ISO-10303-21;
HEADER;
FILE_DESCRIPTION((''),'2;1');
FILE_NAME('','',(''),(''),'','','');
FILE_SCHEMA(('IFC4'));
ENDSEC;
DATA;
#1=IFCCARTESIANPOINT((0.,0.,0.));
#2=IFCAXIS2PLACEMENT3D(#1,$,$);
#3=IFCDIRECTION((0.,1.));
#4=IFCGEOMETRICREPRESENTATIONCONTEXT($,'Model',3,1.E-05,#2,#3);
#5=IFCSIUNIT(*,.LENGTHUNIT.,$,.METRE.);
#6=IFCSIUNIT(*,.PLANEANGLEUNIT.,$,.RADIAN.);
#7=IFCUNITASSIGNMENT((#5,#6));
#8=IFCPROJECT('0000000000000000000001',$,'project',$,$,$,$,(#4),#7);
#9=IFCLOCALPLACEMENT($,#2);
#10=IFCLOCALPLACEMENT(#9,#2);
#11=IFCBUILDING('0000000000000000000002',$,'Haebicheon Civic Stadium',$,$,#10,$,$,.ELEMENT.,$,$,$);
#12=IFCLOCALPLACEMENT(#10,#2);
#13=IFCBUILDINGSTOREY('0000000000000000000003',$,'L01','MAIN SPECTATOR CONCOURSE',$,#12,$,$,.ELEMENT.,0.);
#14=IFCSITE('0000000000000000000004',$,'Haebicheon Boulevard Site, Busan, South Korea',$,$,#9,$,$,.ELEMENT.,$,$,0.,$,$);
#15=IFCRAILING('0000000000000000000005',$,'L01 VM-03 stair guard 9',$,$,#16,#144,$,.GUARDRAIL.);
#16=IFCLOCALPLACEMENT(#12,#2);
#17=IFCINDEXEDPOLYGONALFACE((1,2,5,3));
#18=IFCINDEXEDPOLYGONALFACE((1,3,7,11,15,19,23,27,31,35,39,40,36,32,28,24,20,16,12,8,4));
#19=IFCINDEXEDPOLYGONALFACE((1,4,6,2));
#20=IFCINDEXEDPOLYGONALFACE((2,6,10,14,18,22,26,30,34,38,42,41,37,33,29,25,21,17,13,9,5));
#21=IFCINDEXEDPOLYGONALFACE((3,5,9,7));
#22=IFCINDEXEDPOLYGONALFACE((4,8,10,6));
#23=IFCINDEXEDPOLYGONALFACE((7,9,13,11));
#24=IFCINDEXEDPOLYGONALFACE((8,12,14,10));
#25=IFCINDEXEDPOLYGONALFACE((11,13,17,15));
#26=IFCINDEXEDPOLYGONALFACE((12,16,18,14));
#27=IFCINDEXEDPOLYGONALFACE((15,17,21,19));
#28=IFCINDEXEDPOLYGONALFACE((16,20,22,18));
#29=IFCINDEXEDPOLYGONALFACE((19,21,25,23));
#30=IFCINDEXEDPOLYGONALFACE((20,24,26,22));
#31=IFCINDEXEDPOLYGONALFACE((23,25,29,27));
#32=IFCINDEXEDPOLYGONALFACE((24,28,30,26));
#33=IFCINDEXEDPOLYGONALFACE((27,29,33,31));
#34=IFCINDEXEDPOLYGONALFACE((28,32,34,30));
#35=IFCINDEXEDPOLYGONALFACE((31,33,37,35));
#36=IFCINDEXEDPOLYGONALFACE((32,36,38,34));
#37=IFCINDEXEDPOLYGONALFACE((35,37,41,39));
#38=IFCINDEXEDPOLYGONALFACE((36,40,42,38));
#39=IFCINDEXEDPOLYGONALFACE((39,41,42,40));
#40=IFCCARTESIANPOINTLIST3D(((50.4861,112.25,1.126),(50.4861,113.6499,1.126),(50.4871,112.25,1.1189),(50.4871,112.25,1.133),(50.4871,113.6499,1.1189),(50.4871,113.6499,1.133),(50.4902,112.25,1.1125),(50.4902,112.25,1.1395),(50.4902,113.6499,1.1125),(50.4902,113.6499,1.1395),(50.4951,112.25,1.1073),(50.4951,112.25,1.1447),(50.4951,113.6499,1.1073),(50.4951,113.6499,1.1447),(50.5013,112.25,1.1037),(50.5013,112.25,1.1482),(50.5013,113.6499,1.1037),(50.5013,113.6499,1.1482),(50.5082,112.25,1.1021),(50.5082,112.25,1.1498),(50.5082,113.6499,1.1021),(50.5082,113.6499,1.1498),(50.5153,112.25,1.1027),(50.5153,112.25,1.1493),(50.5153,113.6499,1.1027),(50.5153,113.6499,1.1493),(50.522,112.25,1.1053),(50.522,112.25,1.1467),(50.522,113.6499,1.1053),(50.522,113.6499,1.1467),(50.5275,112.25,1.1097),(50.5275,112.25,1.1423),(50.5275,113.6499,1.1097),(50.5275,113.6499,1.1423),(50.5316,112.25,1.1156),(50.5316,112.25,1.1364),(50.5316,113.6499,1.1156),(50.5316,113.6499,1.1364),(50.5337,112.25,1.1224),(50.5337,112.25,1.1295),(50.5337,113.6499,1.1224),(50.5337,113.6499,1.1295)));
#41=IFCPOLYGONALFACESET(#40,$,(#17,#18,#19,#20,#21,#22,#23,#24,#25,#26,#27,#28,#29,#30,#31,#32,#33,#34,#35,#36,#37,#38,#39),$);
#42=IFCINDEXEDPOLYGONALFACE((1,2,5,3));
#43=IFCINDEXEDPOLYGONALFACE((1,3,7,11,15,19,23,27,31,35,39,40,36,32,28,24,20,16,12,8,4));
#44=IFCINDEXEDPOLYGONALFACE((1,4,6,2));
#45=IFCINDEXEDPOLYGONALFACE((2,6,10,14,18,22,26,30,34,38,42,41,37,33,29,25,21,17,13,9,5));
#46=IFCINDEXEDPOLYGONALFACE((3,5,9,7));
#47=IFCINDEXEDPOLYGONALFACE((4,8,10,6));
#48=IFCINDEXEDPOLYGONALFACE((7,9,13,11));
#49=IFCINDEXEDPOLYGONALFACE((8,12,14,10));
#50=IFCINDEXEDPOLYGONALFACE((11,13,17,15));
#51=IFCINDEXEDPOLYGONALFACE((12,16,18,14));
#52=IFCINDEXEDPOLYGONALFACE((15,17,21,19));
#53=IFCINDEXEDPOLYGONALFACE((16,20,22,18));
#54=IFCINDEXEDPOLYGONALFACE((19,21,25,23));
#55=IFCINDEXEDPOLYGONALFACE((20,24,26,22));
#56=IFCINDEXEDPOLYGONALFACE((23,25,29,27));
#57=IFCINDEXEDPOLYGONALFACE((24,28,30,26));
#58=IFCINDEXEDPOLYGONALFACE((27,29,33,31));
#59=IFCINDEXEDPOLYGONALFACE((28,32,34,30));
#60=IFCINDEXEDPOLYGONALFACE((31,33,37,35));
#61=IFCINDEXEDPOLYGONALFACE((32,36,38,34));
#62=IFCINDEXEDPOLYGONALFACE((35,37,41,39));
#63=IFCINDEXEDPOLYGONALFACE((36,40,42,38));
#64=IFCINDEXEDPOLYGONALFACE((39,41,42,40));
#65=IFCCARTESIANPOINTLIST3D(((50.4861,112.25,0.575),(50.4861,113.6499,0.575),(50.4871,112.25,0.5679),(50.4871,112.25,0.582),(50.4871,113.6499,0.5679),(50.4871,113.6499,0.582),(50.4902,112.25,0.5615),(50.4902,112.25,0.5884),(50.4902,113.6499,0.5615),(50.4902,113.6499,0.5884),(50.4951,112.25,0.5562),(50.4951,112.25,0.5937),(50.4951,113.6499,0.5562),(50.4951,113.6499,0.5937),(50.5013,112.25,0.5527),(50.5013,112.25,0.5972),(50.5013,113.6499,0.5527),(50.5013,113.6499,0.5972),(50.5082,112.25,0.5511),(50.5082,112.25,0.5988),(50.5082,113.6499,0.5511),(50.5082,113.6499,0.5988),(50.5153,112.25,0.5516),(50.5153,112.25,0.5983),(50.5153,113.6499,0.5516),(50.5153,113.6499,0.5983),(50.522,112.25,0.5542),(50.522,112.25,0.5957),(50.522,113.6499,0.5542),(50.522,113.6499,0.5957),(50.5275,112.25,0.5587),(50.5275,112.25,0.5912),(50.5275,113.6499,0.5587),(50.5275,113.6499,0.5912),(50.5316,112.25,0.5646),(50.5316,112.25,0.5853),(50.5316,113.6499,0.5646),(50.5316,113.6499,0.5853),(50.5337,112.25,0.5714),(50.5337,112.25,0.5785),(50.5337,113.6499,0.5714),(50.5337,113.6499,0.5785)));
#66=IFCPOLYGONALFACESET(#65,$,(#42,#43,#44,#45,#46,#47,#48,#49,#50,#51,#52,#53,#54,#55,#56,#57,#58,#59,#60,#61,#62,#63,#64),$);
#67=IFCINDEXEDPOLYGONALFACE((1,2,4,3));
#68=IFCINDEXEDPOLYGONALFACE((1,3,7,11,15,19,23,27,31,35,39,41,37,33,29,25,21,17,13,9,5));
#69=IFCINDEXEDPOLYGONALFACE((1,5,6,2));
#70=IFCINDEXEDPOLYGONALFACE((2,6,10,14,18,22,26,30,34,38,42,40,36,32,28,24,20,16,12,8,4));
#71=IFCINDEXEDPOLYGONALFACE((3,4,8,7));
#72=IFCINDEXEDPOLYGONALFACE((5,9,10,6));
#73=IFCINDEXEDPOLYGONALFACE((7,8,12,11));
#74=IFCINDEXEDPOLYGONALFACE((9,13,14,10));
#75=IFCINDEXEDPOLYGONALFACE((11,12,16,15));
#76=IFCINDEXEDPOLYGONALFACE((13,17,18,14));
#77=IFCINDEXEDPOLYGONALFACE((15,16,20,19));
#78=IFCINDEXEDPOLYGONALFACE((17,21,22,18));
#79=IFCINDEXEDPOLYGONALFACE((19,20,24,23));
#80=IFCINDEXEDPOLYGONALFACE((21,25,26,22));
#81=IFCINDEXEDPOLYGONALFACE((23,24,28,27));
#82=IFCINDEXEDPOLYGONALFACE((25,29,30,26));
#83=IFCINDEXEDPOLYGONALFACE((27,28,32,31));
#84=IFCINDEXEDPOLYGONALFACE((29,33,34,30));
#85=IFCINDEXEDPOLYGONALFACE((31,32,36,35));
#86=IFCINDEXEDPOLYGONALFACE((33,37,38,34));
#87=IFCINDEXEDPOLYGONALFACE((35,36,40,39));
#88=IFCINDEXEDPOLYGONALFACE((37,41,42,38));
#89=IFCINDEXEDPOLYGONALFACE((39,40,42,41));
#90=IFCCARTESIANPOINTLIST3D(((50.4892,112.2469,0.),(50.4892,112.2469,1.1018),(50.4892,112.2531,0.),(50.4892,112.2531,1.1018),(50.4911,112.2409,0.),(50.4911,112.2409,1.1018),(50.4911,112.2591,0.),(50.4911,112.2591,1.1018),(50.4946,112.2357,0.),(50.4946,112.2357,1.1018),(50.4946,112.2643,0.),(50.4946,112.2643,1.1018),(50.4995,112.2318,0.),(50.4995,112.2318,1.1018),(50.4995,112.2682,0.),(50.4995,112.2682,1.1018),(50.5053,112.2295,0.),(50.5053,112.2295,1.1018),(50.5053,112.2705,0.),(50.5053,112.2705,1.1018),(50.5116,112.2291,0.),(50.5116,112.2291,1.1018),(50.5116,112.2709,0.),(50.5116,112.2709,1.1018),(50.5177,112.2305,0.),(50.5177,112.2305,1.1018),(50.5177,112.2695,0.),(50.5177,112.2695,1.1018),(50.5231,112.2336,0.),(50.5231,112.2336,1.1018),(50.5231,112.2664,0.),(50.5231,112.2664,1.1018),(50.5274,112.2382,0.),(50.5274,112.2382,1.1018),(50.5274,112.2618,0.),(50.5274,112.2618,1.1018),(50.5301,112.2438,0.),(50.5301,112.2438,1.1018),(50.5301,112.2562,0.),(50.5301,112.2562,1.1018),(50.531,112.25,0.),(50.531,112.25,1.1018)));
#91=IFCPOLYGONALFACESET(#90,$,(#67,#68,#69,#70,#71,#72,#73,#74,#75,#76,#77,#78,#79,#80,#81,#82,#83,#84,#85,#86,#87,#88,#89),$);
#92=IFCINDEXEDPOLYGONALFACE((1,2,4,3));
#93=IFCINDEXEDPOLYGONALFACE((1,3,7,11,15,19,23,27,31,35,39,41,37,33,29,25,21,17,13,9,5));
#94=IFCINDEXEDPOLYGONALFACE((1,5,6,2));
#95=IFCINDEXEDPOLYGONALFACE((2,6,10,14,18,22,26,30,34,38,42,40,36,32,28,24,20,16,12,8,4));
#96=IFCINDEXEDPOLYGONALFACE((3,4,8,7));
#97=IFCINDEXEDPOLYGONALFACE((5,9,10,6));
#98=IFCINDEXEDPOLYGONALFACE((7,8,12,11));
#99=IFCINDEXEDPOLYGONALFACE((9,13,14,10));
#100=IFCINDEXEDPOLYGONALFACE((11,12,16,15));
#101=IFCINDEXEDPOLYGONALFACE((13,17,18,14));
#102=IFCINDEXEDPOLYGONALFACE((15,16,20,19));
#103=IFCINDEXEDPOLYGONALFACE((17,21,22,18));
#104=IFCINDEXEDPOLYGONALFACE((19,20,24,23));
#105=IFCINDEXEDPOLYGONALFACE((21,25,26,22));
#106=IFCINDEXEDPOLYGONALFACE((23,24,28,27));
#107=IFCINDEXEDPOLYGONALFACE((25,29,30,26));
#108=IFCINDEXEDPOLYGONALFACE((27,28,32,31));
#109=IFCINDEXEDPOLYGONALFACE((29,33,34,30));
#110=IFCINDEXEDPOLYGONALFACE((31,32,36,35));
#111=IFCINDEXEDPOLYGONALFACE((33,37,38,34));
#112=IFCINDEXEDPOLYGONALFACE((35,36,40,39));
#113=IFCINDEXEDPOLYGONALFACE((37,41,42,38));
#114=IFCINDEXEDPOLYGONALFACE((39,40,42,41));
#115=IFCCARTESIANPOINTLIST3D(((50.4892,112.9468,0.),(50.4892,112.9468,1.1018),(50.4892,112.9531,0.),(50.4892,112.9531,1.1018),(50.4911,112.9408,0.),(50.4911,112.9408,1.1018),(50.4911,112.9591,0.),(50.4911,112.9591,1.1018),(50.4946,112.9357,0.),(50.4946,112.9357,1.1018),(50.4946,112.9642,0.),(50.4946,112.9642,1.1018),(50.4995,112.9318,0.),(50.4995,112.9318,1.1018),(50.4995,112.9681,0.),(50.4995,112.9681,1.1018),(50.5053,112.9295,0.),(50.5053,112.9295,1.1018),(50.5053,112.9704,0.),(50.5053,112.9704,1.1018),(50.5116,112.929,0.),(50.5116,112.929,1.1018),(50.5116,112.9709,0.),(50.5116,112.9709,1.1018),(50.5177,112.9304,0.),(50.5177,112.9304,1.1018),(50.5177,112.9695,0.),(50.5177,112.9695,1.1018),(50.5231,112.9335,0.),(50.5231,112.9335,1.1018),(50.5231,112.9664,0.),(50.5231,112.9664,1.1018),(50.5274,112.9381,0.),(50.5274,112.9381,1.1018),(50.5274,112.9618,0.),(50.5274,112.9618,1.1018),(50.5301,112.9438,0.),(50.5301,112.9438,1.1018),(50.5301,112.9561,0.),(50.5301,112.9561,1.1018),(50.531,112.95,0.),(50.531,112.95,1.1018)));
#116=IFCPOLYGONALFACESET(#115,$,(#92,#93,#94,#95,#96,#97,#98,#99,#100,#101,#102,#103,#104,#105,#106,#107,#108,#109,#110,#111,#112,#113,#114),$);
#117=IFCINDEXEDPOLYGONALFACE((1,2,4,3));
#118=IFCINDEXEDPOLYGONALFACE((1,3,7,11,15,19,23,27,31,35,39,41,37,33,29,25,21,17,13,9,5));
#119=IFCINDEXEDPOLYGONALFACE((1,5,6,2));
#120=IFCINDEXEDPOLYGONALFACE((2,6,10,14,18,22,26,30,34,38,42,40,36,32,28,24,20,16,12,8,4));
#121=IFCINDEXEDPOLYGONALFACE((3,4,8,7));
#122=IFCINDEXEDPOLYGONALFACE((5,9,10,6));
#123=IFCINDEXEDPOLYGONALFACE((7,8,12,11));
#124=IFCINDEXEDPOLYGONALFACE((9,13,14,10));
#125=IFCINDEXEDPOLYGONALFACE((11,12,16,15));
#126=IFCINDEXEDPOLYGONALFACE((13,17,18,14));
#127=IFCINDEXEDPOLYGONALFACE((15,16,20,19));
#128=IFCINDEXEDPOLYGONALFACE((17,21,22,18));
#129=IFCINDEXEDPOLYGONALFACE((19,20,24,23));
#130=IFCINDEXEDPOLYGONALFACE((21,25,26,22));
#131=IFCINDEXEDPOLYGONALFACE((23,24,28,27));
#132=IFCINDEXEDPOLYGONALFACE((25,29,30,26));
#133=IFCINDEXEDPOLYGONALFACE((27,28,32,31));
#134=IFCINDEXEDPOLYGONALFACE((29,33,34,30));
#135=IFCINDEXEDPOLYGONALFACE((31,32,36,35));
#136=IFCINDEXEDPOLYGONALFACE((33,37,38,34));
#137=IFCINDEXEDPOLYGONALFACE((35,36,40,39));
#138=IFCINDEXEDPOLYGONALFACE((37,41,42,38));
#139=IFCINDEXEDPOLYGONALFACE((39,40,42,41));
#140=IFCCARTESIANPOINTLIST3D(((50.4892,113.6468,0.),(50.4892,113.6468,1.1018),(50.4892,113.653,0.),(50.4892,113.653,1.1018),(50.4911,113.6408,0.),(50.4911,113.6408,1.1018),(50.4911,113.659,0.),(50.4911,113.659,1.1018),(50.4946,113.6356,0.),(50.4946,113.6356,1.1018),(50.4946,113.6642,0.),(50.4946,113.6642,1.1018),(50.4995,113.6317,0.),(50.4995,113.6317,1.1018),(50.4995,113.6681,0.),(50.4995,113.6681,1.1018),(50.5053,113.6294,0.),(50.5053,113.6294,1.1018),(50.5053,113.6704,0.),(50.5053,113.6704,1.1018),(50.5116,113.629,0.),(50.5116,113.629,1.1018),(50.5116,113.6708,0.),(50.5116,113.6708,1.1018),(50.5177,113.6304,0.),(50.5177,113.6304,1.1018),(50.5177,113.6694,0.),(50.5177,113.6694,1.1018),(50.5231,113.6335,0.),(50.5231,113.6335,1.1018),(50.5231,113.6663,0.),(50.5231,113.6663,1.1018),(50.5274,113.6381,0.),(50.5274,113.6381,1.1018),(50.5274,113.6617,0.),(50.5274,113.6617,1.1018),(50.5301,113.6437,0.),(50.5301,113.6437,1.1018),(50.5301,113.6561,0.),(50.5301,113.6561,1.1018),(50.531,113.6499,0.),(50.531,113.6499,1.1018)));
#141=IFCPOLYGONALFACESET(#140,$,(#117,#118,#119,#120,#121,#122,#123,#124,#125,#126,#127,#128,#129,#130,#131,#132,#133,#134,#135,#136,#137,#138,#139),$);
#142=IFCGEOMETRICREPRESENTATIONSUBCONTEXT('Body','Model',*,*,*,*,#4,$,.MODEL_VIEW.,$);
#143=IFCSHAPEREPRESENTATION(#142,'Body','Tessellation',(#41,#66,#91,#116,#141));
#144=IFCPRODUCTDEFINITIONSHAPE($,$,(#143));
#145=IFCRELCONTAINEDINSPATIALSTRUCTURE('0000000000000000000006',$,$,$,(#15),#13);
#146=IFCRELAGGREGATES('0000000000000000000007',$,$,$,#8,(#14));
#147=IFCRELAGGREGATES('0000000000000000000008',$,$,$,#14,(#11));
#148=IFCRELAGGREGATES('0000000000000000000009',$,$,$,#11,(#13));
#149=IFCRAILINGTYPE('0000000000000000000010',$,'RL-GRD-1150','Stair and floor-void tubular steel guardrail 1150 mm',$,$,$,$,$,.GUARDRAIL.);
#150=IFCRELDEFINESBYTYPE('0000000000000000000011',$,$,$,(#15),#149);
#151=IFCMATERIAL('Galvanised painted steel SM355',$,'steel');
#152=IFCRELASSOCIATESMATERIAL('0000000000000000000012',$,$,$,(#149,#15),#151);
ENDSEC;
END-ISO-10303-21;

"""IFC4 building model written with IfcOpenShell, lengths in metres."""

from ifc_helpers import new_model, si_unit, direction, frame, origin, origin_2d, place, context, subcontext, project, spatial, circle, extrude, material, type_object, element, save


model = new_model("IFC4")

# Units and contexts
model_context = context("Model", 3, precision=1e-05, world=origin(), true_north=direction((0.0, 1.0)))
body_context = subcontext(model_context, "Body", "Model", "MODEL_VIEW")
ifc_project = project(units=[si_unit("LENGTHUNIT", "METRE"), si_unit("PLANEANGLEUNIT", "RADIAN")], contexts=[model_context])

# Site, building, storey
site_placement = place(None, origin())
site = spatial("IfcSite", under=ifc_project, at=site_placement, Name="Haebicheon Boulevard Site, Busan, South Korea", CompositionType="ELEMENT", RefElevation=0.0)
building_placement = place(site_placement, origin())
building = spatial("IfcBuilding", under=site, at=building_placement, Name="Haebicheon Civic Stadium", CompositionType="ELEMENT")
storey_placement = place(building_placement, origin())
storey = spatial("IfcBuildingStorey", under=building, at=storey_placement, Name="L01", Description="MAIN SPECTATOR CONCOURSE", CompositionType="ELEMENT", Elevation=0.0)

# Railing
ifc_material_1 = material(Name="Galvanised painted steel SM355", Category="steel")
railing_type = type_object("IfcRailingType", Name="RL-GRD-1150", Description="Stair and floor-void tubular steel guardrail 1150 mm", PredefinedType="GUARDRAIL", material=ifc_material_1)
for number, where, name in (
    (1, (50.51, 112.25, 0.0), "L01 VM-03 stair guard 9"),
):
    element("IfcRailing", number, at=place(storey_placement, frame(where)), inside=storey, type_object=railing_type, material=ifc_material_1, Name=name, PredefinedType="GUARDRAIL", context=body_context, shape_type="SweptSolid", body=[
        extrude(circle(Radius=0.0239, at=origin_2d()), frame((0.0, 0.0, 1.126), z_axis=(0.0, 1.0, 0.0), x_axis=(-1.0, 0.0, 0.0)), (0.0, 0.0, 1.0), 1.3999),
        extrude(circle(Radius=0.0239, at=origin_2d()), frame((0.0, 0.0, 0.575), z_axis=(0.0, 1.0, 0.0), x_axis=(-1.0, 0.0, 0.0)), (0.0, 0.0, 1.0), 1.3999),
        extrude(circle(Radius=0.021, at=origin_2d()), origin(), (0.0, 0.0, 1.0), 1.1018),
        extrude(circle(Radius=0.021, at=origin_2d()), frame((0.0, 0.7, 0.0)), (0.0, 0.0, 1.0), 1.1018),
        extrude(circle(Radius=0.021, at=origin_2d()), frame((0.0, 1.3999, 0.0)), (0.0, 0.0, 1.0), 1.1018),
    ])

save(model, "model.ifc")
